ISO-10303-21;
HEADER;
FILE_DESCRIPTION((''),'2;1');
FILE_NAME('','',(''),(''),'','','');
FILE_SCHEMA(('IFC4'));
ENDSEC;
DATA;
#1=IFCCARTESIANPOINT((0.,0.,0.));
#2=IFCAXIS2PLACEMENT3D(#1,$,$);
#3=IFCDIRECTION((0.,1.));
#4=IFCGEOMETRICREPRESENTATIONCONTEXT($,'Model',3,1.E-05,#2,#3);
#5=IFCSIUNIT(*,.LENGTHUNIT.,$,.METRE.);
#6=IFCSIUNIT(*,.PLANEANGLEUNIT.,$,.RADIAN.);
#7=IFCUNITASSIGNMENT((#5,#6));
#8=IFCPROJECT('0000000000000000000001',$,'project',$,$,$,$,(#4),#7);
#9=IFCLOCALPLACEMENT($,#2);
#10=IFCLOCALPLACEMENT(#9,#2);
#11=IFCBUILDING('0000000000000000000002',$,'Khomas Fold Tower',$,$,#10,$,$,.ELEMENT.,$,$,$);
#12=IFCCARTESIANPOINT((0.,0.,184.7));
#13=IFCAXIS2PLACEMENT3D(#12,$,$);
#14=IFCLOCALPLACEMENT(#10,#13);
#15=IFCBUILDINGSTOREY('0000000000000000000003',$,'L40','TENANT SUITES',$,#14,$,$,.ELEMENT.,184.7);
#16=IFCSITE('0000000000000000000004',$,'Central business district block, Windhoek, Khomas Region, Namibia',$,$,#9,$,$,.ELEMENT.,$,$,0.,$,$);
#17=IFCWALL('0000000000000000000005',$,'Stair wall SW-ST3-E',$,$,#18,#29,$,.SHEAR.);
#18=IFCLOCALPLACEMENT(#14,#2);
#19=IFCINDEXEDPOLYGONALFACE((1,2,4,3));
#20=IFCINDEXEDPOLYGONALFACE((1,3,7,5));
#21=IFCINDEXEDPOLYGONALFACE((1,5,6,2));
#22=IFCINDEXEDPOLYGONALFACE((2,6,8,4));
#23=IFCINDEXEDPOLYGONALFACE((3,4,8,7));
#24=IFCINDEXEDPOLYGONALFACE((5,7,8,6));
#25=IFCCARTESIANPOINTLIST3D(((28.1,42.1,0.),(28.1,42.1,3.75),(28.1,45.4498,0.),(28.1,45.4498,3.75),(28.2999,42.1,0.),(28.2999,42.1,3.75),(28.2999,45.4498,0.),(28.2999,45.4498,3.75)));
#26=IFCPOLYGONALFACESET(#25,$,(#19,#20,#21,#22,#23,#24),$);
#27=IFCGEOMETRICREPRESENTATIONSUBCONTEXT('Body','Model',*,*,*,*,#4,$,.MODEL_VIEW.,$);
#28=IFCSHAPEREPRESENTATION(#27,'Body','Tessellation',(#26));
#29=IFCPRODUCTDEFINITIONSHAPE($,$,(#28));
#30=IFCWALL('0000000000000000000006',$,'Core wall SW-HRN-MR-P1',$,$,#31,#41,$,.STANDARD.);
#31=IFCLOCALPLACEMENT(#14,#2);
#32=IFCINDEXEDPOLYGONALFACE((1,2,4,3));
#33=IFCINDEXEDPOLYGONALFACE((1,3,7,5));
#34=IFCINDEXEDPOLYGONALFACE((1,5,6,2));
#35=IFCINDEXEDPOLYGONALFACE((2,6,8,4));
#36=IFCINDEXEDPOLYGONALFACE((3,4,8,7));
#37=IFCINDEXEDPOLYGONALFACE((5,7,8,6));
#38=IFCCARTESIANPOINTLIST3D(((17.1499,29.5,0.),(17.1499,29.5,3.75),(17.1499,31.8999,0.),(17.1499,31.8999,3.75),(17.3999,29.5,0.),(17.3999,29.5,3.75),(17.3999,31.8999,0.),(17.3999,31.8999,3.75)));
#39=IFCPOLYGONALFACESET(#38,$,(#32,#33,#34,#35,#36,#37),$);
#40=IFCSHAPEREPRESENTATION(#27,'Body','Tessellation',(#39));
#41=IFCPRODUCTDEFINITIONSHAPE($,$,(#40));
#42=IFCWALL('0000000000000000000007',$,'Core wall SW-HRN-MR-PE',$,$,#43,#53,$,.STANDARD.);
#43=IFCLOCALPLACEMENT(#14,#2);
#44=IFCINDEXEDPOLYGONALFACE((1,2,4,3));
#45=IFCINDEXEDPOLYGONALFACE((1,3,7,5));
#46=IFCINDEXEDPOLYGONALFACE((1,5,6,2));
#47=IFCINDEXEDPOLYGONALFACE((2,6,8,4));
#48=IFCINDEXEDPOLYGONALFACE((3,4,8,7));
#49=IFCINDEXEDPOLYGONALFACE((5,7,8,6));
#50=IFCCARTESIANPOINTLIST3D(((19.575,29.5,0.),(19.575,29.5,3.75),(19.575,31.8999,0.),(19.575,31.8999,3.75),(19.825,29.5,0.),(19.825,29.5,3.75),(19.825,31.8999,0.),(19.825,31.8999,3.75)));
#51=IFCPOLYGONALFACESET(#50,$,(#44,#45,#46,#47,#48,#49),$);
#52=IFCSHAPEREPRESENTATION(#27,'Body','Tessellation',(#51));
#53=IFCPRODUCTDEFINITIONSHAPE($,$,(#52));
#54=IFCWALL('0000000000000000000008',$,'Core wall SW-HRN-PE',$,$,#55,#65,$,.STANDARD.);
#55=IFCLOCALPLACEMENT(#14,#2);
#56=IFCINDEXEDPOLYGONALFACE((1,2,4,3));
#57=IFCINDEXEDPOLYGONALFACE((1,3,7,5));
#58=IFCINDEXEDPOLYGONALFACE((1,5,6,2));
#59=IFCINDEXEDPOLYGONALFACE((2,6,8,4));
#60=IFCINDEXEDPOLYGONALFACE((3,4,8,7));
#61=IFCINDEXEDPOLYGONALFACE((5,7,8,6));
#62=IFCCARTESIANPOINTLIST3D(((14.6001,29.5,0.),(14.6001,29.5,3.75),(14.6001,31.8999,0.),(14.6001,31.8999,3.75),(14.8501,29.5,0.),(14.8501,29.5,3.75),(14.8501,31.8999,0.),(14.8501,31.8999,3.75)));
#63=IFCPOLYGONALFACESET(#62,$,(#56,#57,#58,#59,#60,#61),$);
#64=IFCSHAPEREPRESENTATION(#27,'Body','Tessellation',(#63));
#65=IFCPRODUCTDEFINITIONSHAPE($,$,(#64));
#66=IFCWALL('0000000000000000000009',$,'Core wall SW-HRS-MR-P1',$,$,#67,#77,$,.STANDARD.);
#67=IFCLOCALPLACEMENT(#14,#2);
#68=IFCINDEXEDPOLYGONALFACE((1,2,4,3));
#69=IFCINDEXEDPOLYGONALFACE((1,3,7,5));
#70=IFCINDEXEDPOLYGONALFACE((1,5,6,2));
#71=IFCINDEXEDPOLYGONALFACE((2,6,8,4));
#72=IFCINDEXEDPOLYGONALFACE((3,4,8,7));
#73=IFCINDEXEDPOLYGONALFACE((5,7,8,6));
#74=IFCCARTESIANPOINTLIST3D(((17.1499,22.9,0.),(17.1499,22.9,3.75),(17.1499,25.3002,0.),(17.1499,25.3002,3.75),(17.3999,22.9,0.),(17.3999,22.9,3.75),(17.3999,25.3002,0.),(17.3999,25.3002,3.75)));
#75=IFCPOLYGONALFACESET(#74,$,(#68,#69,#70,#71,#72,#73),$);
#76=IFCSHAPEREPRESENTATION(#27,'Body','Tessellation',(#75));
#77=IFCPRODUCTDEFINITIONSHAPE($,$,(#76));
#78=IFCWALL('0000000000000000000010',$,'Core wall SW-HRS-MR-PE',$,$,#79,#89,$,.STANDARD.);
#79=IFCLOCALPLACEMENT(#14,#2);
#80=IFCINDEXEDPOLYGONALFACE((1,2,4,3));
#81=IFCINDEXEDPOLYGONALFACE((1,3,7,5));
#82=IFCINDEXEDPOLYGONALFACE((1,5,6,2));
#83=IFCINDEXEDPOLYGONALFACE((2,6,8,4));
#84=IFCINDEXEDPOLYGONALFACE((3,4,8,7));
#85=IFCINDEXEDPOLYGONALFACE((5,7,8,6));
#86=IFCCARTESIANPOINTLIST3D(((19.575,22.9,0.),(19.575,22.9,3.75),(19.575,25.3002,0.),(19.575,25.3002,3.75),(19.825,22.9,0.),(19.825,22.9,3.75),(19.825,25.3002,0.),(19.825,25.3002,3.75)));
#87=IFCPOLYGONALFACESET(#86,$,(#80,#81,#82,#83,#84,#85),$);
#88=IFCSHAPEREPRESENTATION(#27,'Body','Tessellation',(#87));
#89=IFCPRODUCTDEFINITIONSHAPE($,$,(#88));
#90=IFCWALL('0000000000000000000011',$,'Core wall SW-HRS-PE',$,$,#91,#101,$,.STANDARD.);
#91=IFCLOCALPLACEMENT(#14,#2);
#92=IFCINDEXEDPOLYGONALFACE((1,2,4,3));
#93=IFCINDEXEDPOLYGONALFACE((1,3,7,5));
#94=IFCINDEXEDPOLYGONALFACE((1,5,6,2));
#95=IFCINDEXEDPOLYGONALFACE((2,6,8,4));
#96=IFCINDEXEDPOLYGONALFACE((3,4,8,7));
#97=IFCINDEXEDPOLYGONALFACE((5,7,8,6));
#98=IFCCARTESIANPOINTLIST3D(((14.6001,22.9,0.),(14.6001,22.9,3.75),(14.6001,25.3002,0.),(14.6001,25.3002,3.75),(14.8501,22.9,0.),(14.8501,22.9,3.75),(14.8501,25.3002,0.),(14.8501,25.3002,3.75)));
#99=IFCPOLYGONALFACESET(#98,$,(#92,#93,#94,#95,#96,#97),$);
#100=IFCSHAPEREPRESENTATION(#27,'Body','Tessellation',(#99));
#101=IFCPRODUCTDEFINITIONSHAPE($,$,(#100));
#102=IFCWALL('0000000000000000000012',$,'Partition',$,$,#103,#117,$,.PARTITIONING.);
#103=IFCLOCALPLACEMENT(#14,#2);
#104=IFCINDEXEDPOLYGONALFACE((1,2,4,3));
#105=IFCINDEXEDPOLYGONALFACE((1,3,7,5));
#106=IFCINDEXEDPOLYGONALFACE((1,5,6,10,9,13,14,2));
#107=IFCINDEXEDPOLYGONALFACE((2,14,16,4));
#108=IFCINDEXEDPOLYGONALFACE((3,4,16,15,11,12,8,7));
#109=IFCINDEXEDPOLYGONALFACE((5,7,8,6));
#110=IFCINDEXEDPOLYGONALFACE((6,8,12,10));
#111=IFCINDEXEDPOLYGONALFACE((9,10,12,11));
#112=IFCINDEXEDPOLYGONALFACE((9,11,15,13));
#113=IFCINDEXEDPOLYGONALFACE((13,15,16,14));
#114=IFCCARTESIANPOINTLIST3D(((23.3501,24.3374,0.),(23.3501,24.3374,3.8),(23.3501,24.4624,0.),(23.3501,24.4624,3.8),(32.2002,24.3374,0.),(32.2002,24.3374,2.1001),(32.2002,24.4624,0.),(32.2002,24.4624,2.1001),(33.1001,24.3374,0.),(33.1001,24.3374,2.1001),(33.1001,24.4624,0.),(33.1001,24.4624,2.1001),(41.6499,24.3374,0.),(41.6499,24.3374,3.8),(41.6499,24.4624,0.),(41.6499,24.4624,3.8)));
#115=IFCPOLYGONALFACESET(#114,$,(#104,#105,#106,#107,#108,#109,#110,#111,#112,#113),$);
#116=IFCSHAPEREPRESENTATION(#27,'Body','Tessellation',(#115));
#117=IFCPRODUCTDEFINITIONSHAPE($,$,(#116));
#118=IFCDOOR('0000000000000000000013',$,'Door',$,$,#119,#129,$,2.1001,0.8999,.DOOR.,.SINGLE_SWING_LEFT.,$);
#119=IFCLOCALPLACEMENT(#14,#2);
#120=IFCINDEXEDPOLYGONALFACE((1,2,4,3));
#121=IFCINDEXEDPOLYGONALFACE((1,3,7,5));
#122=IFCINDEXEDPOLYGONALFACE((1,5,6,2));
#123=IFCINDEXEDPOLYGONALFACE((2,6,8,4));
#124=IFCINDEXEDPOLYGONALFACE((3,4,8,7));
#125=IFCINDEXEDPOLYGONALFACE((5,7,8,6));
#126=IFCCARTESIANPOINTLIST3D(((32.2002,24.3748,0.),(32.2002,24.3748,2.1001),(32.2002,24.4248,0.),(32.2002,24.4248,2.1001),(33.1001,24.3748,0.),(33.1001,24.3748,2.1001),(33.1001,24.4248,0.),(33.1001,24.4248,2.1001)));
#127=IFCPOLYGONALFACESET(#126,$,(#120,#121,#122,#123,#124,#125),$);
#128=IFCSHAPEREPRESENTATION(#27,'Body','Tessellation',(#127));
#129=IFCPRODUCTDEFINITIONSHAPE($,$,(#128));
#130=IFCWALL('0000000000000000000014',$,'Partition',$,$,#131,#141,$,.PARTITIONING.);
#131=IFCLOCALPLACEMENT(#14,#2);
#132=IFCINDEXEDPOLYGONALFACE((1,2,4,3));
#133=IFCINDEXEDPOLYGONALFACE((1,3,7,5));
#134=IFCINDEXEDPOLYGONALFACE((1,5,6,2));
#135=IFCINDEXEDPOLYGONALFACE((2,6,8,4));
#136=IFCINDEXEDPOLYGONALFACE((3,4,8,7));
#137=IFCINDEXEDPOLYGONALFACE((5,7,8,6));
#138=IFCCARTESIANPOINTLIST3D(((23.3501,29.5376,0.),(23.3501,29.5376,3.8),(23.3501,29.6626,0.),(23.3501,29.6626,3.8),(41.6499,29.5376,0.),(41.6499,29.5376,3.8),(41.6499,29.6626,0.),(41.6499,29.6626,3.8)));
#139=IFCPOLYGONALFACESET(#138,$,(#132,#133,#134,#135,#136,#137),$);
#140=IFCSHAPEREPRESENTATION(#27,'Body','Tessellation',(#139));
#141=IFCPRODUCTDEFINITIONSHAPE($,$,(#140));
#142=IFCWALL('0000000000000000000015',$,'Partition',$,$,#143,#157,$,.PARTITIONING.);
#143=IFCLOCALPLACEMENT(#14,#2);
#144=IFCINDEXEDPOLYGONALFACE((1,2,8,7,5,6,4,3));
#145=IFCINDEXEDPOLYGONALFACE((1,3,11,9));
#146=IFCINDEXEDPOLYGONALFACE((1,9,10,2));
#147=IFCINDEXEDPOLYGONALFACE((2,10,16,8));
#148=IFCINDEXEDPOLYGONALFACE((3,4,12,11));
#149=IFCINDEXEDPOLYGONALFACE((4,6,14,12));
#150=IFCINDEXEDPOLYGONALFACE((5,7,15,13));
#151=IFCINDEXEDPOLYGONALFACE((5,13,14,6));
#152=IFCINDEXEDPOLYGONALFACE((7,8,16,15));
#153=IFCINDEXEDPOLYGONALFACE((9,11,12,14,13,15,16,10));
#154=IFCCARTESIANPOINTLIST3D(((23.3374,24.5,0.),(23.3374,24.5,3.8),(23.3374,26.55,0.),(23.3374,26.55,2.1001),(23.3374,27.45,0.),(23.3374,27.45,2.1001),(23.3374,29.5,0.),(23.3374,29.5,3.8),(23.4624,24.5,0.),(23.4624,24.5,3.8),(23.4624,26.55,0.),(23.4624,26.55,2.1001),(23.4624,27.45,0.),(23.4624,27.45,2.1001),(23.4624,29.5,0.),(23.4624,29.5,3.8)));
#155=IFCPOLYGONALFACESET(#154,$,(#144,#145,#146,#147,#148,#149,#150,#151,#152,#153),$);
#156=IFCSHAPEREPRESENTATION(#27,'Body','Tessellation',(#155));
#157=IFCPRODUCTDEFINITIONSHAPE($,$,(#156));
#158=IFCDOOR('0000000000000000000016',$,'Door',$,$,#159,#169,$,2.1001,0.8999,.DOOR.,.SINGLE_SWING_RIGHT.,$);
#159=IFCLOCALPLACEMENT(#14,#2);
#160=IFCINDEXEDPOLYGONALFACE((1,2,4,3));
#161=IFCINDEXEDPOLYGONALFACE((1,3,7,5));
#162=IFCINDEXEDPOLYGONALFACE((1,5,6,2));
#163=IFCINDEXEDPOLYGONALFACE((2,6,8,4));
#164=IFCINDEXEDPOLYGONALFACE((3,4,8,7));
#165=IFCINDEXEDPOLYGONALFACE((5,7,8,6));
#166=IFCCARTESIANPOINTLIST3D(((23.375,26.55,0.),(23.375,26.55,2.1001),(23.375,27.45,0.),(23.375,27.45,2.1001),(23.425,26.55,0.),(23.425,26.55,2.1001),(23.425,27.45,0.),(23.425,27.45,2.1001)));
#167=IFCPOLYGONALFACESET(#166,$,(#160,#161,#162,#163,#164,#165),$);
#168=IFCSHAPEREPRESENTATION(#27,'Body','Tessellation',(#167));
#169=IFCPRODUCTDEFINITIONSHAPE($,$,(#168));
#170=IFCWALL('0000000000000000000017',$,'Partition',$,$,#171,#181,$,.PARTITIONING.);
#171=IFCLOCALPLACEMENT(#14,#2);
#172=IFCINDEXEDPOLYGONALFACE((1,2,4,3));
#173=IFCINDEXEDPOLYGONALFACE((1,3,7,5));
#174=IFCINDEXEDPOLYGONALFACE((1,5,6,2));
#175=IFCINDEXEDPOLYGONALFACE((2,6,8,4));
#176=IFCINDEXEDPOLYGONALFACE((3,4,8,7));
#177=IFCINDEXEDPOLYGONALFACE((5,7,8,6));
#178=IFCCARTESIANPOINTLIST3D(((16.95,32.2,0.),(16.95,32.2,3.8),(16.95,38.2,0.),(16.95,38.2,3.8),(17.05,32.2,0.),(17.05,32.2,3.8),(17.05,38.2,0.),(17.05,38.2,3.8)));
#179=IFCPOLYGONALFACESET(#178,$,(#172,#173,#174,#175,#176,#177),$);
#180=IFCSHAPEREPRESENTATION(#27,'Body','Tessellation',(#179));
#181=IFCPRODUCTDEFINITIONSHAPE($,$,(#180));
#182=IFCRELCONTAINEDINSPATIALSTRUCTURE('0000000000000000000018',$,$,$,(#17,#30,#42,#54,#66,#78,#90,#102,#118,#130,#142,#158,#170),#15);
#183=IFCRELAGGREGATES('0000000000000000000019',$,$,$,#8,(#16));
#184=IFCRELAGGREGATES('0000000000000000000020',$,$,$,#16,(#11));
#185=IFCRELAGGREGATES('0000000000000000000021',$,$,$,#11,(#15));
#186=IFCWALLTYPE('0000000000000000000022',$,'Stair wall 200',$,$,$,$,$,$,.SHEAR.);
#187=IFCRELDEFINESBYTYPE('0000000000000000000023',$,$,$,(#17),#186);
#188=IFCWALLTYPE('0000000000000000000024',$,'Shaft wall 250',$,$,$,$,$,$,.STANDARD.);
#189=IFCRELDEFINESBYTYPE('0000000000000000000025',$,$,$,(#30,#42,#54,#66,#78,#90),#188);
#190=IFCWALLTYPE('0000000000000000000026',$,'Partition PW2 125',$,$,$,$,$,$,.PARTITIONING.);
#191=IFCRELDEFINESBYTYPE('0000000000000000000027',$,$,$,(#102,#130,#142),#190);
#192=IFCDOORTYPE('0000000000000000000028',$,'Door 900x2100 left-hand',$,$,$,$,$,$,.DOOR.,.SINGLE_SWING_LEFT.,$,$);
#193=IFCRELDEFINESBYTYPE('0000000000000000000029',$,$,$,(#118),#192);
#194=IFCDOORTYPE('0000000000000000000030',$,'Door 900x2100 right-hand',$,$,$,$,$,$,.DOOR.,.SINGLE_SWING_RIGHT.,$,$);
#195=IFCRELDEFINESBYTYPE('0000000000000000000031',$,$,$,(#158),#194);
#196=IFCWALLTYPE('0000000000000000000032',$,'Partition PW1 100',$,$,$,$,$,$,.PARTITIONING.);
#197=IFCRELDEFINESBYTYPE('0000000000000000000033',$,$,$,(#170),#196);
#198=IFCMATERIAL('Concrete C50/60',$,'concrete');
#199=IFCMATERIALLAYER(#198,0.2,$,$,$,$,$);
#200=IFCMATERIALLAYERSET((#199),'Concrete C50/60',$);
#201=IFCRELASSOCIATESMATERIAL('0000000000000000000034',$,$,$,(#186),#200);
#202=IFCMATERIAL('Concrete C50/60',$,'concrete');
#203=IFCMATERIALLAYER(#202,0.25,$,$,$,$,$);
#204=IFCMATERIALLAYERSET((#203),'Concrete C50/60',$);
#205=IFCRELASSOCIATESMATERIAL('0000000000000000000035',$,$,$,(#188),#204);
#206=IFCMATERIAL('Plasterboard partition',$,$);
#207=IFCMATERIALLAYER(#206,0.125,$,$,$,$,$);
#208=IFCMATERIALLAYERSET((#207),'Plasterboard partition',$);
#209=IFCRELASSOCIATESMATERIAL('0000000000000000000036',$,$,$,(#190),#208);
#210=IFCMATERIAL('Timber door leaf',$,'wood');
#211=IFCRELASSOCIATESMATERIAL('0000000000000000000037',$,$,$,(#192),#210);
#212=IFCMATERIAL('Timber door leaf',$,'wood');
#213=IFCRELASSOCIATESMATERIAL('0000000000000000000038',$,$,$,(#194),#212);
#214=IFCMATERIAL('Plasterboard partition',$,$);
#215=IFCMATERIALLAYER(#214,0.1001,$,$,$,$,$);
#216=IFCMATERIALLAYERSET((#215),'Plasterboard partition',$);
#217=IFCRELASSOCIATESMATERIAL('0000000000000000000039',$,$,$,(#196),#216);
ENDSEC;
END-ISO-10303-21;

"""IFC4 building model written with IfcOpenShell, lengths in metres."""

from ifc_helpers import new_model, si_unit, direction, frame, frame_2d, origin, place, context, subcontext, project, spatial, rectangle, extrude, source, transform, mapped, material, layer, layer_set, type_object, element, fill, save


model = new_model("IFC4")

# Units and contexts
model_context = context("Model", 3, precision=1e-05, world=origin(), true_north=direction((0.0, 1.0)))
body_context = subcontext(model_context, "Body", "Model", "MODEL_VIEW")
ifc_project = project(units=[si_unit("LENGTHUNIT", "METRE"), si_unit("PLANEANGLEUNIT", "RADIAN")], contexts=[model_context])

# Site, building, storey
site_placement = place(None, origin())
site = spatial("IfcSite", under=ifc_project, at=site_placement, Name="Central business district block, Windhoek, Khomas Region, Namibia", CompositionType="ELEMENT", RefElevation=0.0)
building_placement = place(site_placement, origin())
building = spatial("IfcBuilding", under=site, at=building_placement, Name="Khomas Fold Tower", CompositionType="ELEMENT")
storey_placement = place(building_placement, frame((0.0, 0.0, 184.7)))
storey = spatial("IfcBuildingStorey", under=building, at=storey_placement, Name="L40", Description="TENANT SUITES", CompositionType="ELEMENT", Elevation=184.7)

# Walls
ifc_material_1 = material(Name="Concrete C50/60", Category="concrete")
ifc_layer_1 = layer(ifc_material_1, 0.2)
ifc_layer_set_1 = layer_set([ifc_layer_1], Name="Concrete C50/60")
wall_type_1 = type_object("IfcWallType", Name="Stair wall 200", PredefinedType="SHEAR", material=ifc_layer_set_1)
shared_shape_1 = source(origin(), body_context, "Body", "SweptSolid", [
    extrude(rectangle(XDim=3.3499, YDim=0.2, at=frame_2d((1.6748, 0.0))), origin(), (0.0, 0.0, 1.0), 3.75),
])
wall_1_placement = place(storey_placement, frame((28.2, 42.1001, 0.0), z_axis=(0.0, 0.0, 1.0), x_axis=(0.0, 1.0, 0.0)))
element("IfcWall", 1, at=wall_1_placement, inside=storey, type_object=wall_type_1, Name="Stair wall SW-ST3-E", PredefinedType="SHEAR", context=body_context, shape_type="MappedRepresentation", body=[
    mapped(shared_shape_1, transform((0.0, 0.0, 0.0))),
])
ifc_material_2 = material(Name="Concrete C50/60", Category="concrete")
ifc_layer_2 = layer(ifc_material_2, 0.25)
ifc_layer_set_2 = layer_set([ifc_layer_2], Name="Concrete C50/60")
wall_type_2 = type_object("IfcWallType", Name="Shaft wall 250", PredefinedType="STANDARD", material=ifc_layer_set_2)
shared_shape_2 = source(origin(), body_context, "Body", "SweptSolid", [
    extrude(rectangle(XDim=2.3999, YDim=0.25, at=frame_2d((1.2, 0.0))), origin(), (0.0, 0.0, 1.0), 3.75),
])
for number, where, z_axis, x_axis, name in (
    (2, (17.2749, 29.5, 0.0), (0.0, 0.0, 1.0), (0.0, 1.0, 0.0), "Core wall SW-HRN-MR-P1"),
    (3, (19.7, 29.5, 0.0), (0.0, 0.0, 1.0), (0.0, 1.0, 0.0), "Core wall SW-HRN-MR-PE"),
    (4, (14.7251, 29.5, 0.0), (0.0, 0.0, 1.0), (0.0, 1.0, 0.0), "Core wall SW-HRN-PE"),
):
    element("IfcWall", number, at=place(storey_placement, frame(where, z_axis=z_axis, x_axis=x_axis)), inside=storey, type_object=wall_type_2, Name=name, PredefinedType="STANDARD", context=body_context, shape_type="MappedRepresentation", body=[
        mapped(shared_shape_2, transform((0.0, 0.0, 0.0))),
    ])
shared_shape_3 = source(origin(), body_context, "Body", "SweptSolid", [
    extrude(rectangle(XDim=2.4001, YDim=0.25, at=frame_2d((1.2002, 0.0))), origin(), (0.0, 0.0, 1.0), 3.75),
])
for number, where, z_axis, x_axis, name in (
    (5, (17.2749, 22.8999, 0.0), (0.0, 0.0, 1.0), (0.0, 1.0, 0.0), "Core wall SW-HRS-MR-P1"),
    (6, (19.7, 22.8999, 0.0), (0.0, 0.0, 1.0), (0.0, 1.0, 0.0), "Core wall SW-HRS-MR-PE"),
    (7, (14.7251, 22.8999, 0.0), (0.0, 0.0, 1.0), (0.0, 1.0, 0.0), "Core wall SW-HRS-PE"),
):
    element("IfcWall", number, at=place(storey_placement, frame(where, z_axis=z_axis, x_axis=x_axis)), inside=storey, type_object=wall_type_2, Name=name, PredefinedType="STANDARD", context=body_context, shape_type="MappedRepresentation", body=[
        mapped(shared_shape_3, transform((0.0, 0.0, 0.0))),
    ])

# Wall, opening, door
ifc_material_3 = material(Name="Plasterboard partition")
ifc_layer_3 = layer(ifc_material_3, 0.125)
ifc_layer_set_3 = layer_set([ifc_layer_3], Name="Plasterboard partition")
wall_type_3 = type_object("IfcWallType", Name="Partition PW2 125", PredefinedType="PARTITIONING", material=ifc_layer_set_3)
shared_shape_4 = source(origin(), body_context, "Body", "SweptSolid", [
    extrude(rectangle(XDim=18.2998, YDim=0.125, at=frame_2d((9.1499, 0.0))), origin(), (0.0, 0.0, 1.0), 3.8),
])
wall_2_placement = place(storey_placement, frame((23.3501, 24.3999, 0.0), z_axis=(0.0, 0.0, 1.0), x_axis=(1.0, 0.0, 0.0)))
wall_2 = element("IfcWall", 8, at=wall_2_placement, inside=storey, type_object=wall_type_3, Name="Partition", PredefinedType="PARTITIONING", context=body_context, shape_type="MappedRepresentation", body=[
    mapped(shared_shape_4, transform((0.0, 0.0, 0.0))),
])
shared_shape_5 = source(origin(), body_context, "Body", "SweptSolid", [
    extrude(rectangle(XDim=0.8999, YDim=2.1001, at=frame_2d((0.45, 1.05))), frame((0.0, 0.0725, 0.0), z_axis=(0.0, -1.0, 0.0), x_axis=(1.0, 0.0, 0.0)), (0.0, 0.0, 1.0), 0.145),
])
opening_1_placement = place(wall_2_placement, frame((8.8501, 0.0, 0.0)))
opening_1 = element("IfcOpeningElement", 9, at=opening_1_placement, cuts=wall_2, PredefinedType="OPENING", context=body_context, shape_type="MappedRepresentation", body=[
    mapped(shared_shape_5, transform((0.0, 0.0, 0.0))),
])
ifc_material_4 = material(Name="Timber door leaf", Category="wood")
door_type_1 = type_object("IfcDoorType", Name="Door 900x2100 left-hand", OperationType="SINGLE_SWING_LEFT", PredefinedType="DOOR", material=ifc_material_4)
shared_shape_6 = source(origin(), body_context, "Body", "SweptSolid", [
    extrude(rectangle(XDim=0.8999, YDim=2.1001, at=frame_2d((0.45, 1.05))), frame((0.0, 0.0249, 0.0), z_axis=(0.0, -1.0, 0.0), x_axis=(1.0, 0.0, 0.0)), (0.0, 0.0, 1.0), 0.05),
])
door_1_placement = place(opening_1_placement, origin())
door_1 = element("IfcDoor", 10, at=door_1_placement, inside=storey, type_object=door_type_1, Name="Door", OperationType="SINGLE_SWING_LEFT", OverallHeight=2.1001, OverallWidth=0.8999, PredefinedType="DOOR", context=body_context, shape_type="MappedRepresentation", body=[
    mapped(shared_shape_6, transform((0.0, 0.0, 0.0))),
])
fill(opening_1, door_1)

# Wall
wall_3_placement = place(storey_placement, frame((23.3501, 29.6001, 0.0), z_axis=(0.0, 0.0, 1.0), x_axis=(1.0, 0.0, 0.0)))
element("IfcWall", 11, at=wall_3_placement, inside=storey, type_object=wall_type_3, Name="Partition", PredefinedType="PARTITIONING", context=body_context, shape_type="MappedRepresentation", body=[
    mapped(shared_shape_4, transform((0.0, 0.0, 0.0))),
])

# Wall, opening, door
shared_shape_7 = source(origin(), body_context, "Body", "SweptSolid", [
    extrude(rectangle(XDim=5.0, YDim=0.125, at=frame_2d((2.5, 0.0))), origin(), (0.0, 0.0, 1.0), 3.8),
])
wall_4_placement = place(storey_placement, frame((23.3999, 24.5, 0.0), z_axis=(0.0, 0.0, 1.0), x_axis=(0.0, 1.0, 0.0)))
wall_4 = element("IfcWall", 12, at=wall_4_placement, inside=storey, type_object=wall_type_3, Name="Partition", PredefinedType="PARTITIONING", context=body_context, shape_type="MappedRepresentation", body=[
    mapped(shared_shape_7, transform((0.0, 0.0, 0.0))),
])
opening_2_placement = place(wall_4_placement, frame((2.05, 0.0, 0.0)))
opening_2 = element("IfcOpeningElement", 13, at=opening_2_placement, cuts=wall_4, PredefinedType="OPENING", context=body_context, shape_type="MappedRepresentation", body=[
    mapped(shared_shape_5, transform((0.0, 0.0, 0.0))),
])
ifc_material_5 = material(Name="Timber door leaf", Category="wood")
door_type_2 = type_object("IfcDoorType", Name="Door 900x2100 right-hand", OperationType="SINGLE_SWING_RIGHT", PredefinedType="DOOR", material=ifc_material_5)
door_2_placement = place(opening_2_placement, origin())
door_2 = element("IfcDoor", 14, at=door_2_placement, inside=storey, type_object=door_type_2, Name="Door", OperationType="SINGLE_SWING_RIGHT", OverallHeight=2.1001, OverallWidth=0.8999, PredefinedType="DOOR", context=body_context, shape_type="MappedRepresentation", body=[
    mapped(shared_shape_6, transform((0.0, 0.0, 0.0))),
])
fill(opening_2, door_2)

# Wall
ifc_material_6 = material(Name="Plasterboard partition")
ifc_layer_4 = layer(ifc_material_6, 0.1001)
ifc_layer_set_4 = layer_set([ifc_layer_4], Name="Plasterboard partition")
wall_type_4 = type_object("IfcWallType", Name="Partition PW1 100", PredefinedType="PARTITIONING", material=ifc_layer_set_4)
shared_shape_8 = source(origin(), body_context, "Body", "SweptSolid", [
    extrude(rectangle(XDim=6.0, YDim=0.1001, at=frame_2d((3.0, 0.0))), origin(), (0.0, 0.0, 1.0), 3.8),
])
wall_5_placement = place(storey_placement, frame((17.0, 32.2, 0.0), z_axis=(0.0, 0.0, 1.0), x_axis=(0.0, 1.0, 0.0)))
element("IfcWall", 15, at=wall_5_placement, inside=storey, type_object=wall_type_4, Name="Partition", PredefinedType="PARTITIONING", context=body_context, shape_type="MappedRepresentation", body=[
    mapped(shared_shape_8, transform((0.0, 0.0, 0.0))),
])

save(model, "model.ifc")
